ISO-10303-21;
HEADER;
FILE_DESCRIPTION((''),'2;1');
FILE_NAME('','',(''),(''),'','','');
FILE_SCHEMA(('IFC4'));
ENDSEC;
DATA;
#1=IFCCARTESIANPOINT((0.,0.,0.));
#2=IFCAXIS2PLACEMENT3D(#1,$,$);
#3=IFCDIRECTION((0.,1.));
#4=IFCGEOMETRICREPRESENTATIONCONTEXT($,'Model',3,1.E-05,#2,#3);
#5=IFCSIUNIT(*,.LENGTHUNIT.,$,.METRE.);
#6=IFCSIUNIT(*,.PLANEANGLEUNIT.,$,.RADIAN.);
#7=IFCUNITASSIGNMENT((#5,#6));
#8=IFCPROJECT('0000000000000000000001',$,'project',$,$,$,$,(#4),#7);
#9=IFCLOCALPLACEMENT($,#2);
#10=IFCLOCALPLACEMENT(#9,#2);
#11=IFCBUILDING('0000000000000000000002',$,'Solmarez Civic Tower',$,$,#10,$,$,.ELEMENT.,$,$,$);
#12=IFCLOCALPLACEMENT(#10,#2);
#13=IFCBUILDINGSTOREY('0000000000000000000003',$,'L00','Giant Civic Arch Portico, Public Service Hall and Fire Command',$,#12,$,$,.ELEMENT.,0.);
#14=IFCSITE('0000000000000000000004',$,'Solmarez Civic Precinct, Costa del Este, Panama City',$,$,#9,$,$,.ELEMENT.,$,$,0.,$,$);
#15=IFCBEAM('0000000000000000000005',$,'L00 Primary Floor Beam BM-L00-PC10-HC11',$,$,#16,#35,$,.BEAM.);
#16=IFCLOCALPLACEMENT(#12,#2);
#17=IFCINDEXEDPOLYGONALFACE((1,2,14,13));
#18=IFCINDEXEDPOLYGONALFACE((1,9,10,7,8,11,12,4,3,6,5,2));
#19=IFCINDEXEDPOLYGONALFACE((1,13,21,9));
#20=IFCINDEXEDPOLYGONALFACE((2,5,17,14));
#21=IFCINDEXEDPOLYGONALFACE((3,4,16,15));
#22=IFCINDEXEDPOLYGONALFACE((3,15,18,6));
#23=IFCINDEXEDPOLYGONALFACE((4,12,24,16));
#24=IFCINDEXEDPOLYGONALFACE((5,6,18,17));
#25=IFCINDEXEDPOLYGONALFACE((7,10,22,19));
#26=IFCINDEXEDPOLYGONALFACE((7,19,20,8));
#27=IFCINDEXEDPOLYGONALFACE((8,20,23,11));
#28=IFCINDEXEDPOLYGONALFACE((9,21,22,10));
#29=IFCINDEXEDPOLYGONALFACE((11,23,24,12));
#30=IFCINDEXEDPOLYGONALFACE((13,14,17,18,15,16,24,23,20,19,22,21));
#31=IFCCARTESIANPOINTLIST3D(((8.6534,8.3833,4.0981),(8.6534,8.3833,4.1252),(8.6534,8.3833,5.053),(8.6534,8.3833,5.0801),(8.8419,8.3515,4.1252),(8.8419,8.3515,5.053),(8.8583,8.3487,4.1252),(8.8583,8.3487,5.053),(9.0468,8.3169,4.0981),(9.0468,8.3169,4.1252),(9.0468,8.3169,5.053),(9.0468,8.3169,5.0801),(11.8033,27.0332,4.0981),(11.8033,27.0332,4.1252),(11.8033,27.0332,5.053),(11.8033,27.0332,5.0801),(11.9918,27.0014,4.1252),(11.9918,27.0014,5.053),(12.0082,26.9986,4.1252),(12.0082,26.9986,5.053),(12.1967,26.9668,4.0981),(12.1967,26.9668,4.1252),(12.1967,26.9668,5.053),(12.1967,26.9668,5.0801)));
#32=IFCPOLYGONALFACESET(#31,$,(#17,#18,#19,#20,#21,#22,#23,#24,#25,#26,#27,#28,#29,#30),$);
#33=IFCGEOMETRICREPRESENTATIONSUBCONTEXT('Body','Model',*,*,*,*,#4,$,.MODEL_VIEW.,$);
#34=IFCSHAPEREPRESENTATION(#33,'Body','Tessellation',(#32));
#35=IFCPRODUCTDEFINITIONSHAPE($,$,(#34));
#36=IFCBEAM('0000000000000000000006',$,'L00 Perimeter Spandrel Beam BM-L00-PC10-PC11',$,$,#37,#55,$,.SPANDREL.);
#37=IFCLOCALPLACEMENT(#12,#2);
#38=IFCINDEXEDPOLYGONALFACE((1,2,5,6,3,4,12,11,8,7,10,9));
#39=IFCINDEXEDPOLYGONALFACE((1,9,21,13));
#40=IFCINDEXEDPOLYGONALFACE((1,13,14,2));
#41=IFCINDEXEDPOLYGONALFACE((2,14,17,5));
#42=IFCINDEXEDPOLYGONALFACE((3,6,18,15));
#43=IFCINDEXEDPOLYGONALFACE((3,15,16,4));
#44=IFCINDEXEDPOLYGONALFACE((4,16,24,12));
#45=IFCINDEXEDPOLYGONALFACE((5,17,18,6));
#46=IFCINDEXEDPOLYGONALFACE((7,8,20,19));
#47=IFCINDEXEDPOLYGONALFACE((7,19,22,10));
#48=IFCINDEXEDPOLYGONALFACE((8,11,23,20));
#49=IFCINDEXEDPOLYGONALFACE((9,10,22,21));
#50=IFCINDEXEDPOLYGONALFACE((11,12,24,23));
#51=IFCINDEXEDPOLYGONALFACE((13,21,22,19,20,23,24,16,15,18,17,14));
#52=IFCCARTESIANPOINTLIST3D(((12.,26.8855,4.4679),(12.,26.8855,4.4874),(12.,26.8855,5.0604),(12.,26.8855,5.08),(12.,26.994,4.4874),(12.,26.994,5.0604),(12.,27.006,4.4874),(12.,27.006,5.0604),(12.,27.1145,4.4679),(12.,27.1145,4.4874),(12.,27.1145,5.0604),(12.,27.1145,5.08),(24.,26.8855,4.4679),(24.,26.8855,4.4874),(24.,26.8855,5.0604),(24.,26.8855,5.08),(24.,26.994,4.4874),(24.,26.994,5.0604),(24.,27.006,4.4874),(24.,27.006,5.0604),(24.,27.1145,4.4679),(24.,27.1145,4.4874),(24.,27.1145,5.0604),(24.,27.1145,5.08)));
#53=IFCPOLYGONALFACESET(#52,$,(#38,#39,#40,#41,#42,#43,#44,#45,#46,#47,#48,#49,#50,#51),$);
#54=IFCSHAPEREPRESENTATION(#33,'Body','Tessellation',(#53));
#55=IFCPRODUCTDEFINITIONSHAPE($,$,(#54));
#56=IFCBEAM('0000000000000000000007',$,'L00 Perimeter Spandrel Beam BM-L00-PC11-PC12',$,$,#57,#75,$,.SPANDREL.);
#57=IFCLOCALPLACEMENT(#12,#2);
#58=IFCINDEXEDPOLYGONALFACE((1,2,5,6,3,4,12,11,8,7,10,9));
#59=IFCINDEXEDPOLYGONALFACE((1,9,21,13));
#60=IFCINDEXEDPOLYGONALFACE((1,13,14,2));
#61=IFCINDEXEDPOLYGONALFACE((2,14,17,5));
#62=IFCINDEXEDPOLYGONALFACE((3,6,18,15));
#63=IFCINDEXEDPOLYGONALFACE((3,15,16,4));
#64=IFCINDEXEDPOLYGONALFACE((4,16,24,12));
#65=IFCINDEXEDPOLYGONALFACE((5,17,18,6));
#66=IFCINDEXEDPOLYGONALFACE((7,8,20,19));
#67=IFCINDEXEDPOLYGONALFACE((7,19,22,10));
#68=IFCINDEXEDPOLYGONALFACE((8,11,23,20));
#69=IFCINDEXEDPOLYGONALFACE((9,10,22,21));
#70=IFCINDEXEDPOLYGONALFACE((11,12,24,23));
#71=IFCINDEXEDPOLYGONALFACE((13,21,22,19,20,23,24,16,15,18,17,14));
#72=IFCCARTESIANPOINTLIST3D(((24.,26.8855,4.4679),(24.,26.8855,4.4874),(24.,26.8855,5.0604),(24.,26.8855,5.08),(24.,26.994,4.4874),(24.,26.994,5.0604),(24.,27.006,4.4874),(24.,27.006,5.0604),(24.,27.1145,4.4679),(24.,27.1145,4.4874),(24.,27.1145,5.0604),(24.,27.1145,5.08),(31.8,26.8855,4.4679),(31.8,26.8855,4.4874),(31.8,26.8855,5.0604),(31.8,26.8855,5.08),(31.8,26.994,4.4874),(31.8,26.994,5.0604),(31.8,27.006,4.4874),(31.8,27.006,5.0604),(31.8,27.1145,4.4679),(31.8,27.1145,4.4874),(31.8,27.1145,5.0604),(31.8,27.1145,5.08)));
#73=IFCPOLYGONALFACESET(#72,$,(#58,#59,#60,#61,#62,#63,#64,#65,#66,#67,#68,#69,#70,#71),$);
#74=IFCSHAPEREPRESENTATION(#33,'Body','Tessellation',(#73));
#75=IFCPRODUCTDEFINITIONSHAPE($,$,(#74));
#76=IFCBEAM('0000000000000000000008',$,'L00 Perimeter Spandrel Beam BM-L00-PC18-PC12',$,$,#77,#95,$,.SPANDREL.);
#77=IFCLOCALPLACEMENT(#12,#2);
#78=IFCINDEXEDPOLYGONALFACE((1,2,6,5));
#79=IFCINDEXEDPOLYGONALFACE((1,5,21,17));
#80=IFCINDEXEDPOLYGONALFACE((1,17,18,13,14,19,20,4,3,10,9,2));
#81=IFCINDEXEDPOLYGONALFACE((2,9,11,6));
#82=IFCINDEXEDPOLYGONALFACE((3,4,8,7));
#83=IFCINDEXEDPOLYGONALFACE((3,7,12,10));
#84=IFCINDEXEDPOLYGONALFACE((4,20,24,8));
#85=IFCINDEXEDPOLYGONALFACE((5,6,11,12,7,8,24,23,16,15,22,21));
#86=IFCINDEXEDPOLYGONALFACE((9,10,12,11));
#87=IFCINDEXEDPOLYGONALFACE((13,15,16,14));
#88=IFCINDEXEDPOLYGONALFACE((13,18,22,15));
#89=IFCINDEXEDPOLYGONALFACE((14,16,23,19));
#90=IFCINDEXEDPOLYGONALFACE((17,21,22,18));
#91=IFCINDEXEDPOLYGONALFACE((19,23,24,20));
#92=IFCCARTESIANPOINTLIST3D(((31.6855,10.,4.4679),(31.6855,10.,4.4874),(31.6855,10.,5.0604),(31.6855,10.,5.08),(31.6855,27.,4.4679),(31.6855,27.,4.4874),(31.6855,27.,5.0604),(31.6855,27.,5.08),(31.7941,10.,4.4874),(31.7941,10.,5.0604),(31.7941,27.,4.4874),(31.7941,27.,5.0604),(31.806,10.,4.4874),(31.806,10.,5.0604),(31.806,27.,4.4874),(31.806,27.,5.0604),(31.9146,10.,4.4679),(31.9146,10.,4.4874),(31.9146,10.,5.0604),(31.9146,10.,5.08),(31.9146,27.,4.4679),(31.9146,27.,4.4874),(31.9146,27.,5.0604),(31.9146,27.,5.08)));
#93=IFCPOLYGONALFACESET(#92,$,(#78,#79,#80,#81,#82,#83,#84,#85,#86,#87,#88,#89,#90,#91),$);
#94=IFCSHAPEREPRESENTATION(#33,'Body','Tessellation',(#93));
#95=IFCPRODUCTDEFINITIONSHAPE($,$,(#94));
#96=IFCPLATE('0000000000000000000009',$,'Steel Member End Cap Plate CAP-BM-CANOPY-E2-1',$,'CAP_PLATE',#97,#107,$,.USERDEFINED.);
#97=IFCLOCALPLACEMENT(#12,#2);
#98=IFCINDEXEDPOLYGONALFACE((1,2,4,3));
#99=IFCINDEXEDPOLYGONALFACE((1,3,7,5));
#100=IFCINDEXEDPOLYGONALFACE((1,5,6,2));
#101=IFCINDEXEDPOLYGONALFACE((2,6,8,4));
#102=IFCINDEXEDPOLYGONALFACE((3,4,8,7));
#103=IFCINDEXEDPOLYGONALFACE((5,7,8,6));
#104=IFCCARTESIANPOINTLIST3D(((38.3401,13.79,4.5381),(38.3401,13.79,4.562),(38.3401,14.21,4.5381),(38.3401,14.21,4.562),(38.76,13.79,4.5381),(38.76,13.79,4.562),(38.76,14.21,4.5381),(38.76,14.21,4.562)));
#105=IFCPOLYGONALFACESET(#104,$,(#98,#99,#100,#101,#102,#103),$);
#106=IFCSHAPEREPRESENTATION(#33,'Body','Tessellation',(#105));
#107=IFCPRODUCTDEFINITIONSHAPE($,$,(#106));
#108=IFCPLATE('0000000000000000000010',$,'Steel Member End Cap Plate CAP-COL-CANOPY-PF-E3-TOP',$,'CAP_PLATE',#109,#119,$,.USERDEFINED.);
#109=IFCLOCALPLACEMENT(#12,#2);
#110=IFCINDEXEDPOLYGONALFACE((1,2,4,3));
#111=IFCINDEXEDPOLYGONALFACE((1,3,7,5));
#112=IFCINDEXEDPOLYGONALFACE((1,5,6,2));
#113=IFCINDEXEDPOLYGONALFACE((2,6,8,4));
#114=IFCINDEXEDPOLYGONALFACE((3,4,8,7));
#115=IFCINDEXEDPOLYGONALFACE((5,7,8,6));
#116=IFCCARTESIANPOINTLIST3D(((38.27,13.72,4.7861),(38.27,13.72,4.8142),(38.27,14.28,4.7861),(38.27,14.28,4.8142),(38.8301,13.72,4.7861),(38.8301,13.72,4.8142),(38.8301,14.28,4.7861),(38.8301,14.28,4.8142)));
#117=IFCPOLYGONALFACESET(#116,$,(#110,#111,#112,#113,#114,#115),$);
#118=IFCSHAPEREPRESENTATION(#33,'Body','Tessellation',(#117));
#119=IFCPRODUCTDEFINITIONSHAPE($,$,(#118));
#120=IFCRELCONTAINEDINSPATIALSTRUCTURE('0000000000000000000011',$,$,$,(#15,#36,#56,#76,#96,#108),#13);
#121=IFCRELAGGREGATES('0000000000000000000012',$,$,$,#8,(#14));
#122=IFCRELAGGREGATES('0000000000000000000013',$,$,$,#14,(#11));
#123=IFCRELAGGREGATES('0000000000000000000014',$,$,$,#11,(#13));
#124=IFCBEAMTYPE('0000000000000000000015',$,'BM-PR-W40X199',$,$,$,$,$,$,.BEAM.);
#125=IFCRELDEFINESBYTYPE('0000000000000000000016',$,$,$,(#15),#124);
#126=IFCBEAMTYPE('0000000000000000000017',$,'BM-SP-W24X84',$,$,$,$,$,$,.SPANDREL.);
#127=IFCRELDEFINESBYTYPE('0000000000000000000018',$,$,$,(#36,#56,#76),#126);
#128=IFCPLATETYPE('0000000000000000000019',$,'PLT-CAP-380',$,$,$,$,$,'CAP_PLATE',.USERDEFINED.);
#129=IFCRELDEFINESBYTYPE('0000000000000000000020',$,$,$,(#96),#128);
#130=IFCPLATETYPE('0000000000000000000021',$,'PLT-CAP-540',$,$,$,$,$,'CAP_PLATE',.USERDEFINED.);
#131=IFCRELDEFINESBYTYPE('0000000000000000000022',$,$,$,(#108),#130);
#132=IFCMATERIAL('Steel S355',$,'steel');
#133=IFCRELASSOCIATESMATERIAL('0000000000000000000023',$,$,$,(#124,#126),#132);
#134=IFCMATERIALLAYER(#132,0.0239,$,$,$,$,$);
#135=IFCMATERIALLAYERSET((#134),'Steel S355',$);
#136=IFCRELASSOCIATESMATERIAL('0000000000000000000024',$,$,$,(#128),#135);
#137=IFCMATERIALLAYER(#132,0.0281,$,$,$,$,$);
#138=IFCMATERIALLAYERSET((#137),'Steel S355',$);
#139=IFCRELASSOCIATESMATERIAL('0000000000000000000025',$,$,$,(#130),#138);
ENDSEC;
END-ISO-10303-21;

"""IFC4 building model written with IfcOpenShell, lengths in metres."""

from ifc_helpers import new_model, si_unit, direction, frame, origin, origin_2d, place, context, subcontext, project, spatial, rectangle, i_section, extrude, material, layer, layer_set, material_profile, profile_set, type_object, element, save


model = new_model("IFC4")

# Units and contexts
model_context = context("Model", 3, precision=1e-05, world=origin(), true_north=direction((0.0, 1.0)))
body_context = subcontext(model_context, "Body", "Model", "MODEL_VIEW")
ifc_project = project(units=[si_unit("LENGTHUNIT", "METRE"), si_unit("PLANEANGLEUNIT", "RADIAN")], contexts=[model_context])

# Site, building, storey
site_placement = place(None, origin())
site = spatial("IfcSite", under=ifc_project, at=site_placement, Name="Solmarez Civic Precinct, Costa del Este, Panama City", CompositionType="ELEMENT", RefElevation=0.0)
building_placement = place(site_placement, origin())
building = spatial("IfcBuilding", under=site, at=building_placement, Name="Solmarez Civic Tower", CompositionType="ELEMENT")
storey_placement = place(building_placement, origin())
storey = spatial("IfcBuildingStorey", under=building, at=storey_placement, Name="L00", Description="Giant Civic Arch Portico, Public Service Hall and Fire Command", CompositionType="ELEMENT", Elevation=0.0)

# Shared definitions
ifc_material_1 = material(Name="Steel S355", Category="steel")

# Beams
ifc_material_profile_1 = material_profile(ifc_material_1, i_section(OverallWidth=0.3989, OverallDepth=0.9819, WebThickness=0.0166, FlangeThickness=0.0271, at=origin_2d()), Name="W40X199")
ifc_profile_set_1 = profile_set([ifc_material_profile_1], Name="Steel S355")
beam_type_1 = type_object("IfcBeamType", Name="BM-PR-W40X199", PredefinedType="BEAM", material=ifc_profile_set_1)
beam_1_placement = place(storey_placement, frame((12.0, 27.0, 4.5891), z_axis=(-0.166538, -0.986035, 0.0), x_axis=(0.986035, -0.166538, 0.0)))
element("IfcBeam", 1, at=beam_1_placement, inside=storey, type_object=beam_type_1, Name="L00 Primary Floor Beam BM-L00-PC10-HC11", PredefinedType="BEAM", context=body_context, shape_type="SweptSolid", body=[
    extrude(i_section(OverallWidth=0.3989, OverallDepth=0.9819, WebThickness=0.0166, FlangeThickness=0.0271, at=origin_2d()), origin(), (0.0, 0.0, 1.0), 18.9141),
])
ifc_material_profile_2 = material_profile(ifc_material_1, i_section(OverallWidth=0.229, OverallDepth=0.6121, WebThickness=0.012, FlangeThickness=0.0195, at=origin_2d()), Name="W24X84")
ifc_profile_set_2 = profile_set([ifc_material_profile_2], Name="Steel S355")
beam_type_2 = type_object("IfcBeamType", Name="BM-SP-W24X84", PredefinedType="SPANDREL", material=ifc_profile_set_2)
beam_2_placement = place(storey_placement, frame((12.0, 27.0, 4.7739), z_axis=(1.0, 0.0, 0.0), x_axis=(0.0, 1.0, 0.0)))
element("IfcBeam", 2, at=beam_2_placement, inside=storey, type_object=beam_type_2, Name="L00 Perimeter Spandrel Beam BM-L00-PC10-PC11", PredefinedType="SPANDREL", context=body_context, shape_type="SweptSolid", body=[
    extrude(i_section(OverallWidth=0.229, OverallDepth=0.6121, WebThickness=0.012, FlangeThickness=0.0195, at=origin_2d()), origin(), (0.0, 0.0, 1.0), 12.0),
])
beam_3_placement = place(storey_placement, frame((24.0, 27.0, 4.7739), z_axis=(1.0, 0.0, 0.0), x_axis=(0.0, 1.0, 0.0)))
element("IfcBeam", 3, at=beam_3_placement, inside=storey, type_object=beam_type_2, Name="L00 Perimeter Spandrel Beam BM-L00-PC11-PC12", PredefinedType="SPANDREL", context=body_context, shape_type="SweptSolid", body=[
    extrude(i_section(OverallWidth=0.229, OverallDepth=0.6121, WebThickness=0.012, FlangeThickness=0.0195, at=origin_2d()), origin(), (0.0, 0.0, 1.0), 7.8),
])
beam_4_placement = place(storey_placement, frame((31.8, 10.0, 4.7739), z_axis=(0.0, 1.0, 0.0), x_axis=(-1.0, 0.0, 0.0)))
element("IfcBeam", 4, at=beam_4_placement, inside=storey, type_object=beam_type_2, Name="L00 Perimeter Spandrel Beam BM-L00-PC18-PC12", PredefinedType="SPANDREL", context=body_context, shape_type="SweptSolid", body=[
    extrude(i_section(OverallWidth=0.229, OverallDepth=0.6121, WebThickness=0.012, FlangeThickness=0.0195, at=origin_2d()), origin(), (0.0, 0.0, 1.0), 17.0),
])

# Plates
ifc_layer_1 = layer(ifc_material_1, 0.0239)
ifc_layer_set_1 = layer_set([ifc_layer_1], Name="Steel S355")
plate_type_1 = type_object("IfcPlateType", Name="PLT-CAP-380", ElementType="CAP_PLATE", PredefinedType="USERDEFINED", material=ifc_layer_set_1)
plate_1_placement = place(storey_placement, frame((38.55, 14.0, 4.5381), z_axis=(0.0, 0.0, 1.0), x_axis=(1.0, 0.0, 0.0)))
element("IfcPlate", 5, at=plate_1_placement, inside=storey, type_object=plate_type_1, Name="Steel Member End Cap Plate CAP-BM-CANOPY-E2-1", ObjectType="CAP_PLATE", PredefinedType="USERDEFINED", context=body_context, shape_type="SweptSolid", body=[
    extrude(rectangle(XDim=0.4199, YDim=0.4199, at=origin_2d()), origin(), (0.0, 0.0, 1.0), 0.0239),
])
ifc_layer_2 = layer(ifc_material_1, 0.0281)
ifc_layer_set_2 = layer_set([ifc_layer_2], Name="Steel S355")
plate_type_2 = type_object("IfcPlateType", Name="PLT-CAP-540", ElementType="CAP_PLATE", PredefinedType="USERDEFINED", material=ifc_layer_set_2)
plate_2_placement = place(storey_placement, frame((38.55, 14.0, 4.7861), z_axis=(0.0, 0.0, 1.0), x_axis=(1.0, 0.0, 0.0)))
element("IfcPlate", 6, at=plate_2_placement, inside=storey, type_object=plate_type_2, Name="Steel Member End Cap Plate CAP-COL-CANOPY-PF-E3-TOP", ObjectType="CAP_PLATE", PredefinedType="USERDEFINED", context=body_context, shape_type="SweptSolid", body=[
    extrude(rectangle(XDim=0.5601, YDim=0.5601, at=origin_2d()), origin(), (0.0, 0.0, 1.0), 0.0281),
])

save(model, "model.ifc")
